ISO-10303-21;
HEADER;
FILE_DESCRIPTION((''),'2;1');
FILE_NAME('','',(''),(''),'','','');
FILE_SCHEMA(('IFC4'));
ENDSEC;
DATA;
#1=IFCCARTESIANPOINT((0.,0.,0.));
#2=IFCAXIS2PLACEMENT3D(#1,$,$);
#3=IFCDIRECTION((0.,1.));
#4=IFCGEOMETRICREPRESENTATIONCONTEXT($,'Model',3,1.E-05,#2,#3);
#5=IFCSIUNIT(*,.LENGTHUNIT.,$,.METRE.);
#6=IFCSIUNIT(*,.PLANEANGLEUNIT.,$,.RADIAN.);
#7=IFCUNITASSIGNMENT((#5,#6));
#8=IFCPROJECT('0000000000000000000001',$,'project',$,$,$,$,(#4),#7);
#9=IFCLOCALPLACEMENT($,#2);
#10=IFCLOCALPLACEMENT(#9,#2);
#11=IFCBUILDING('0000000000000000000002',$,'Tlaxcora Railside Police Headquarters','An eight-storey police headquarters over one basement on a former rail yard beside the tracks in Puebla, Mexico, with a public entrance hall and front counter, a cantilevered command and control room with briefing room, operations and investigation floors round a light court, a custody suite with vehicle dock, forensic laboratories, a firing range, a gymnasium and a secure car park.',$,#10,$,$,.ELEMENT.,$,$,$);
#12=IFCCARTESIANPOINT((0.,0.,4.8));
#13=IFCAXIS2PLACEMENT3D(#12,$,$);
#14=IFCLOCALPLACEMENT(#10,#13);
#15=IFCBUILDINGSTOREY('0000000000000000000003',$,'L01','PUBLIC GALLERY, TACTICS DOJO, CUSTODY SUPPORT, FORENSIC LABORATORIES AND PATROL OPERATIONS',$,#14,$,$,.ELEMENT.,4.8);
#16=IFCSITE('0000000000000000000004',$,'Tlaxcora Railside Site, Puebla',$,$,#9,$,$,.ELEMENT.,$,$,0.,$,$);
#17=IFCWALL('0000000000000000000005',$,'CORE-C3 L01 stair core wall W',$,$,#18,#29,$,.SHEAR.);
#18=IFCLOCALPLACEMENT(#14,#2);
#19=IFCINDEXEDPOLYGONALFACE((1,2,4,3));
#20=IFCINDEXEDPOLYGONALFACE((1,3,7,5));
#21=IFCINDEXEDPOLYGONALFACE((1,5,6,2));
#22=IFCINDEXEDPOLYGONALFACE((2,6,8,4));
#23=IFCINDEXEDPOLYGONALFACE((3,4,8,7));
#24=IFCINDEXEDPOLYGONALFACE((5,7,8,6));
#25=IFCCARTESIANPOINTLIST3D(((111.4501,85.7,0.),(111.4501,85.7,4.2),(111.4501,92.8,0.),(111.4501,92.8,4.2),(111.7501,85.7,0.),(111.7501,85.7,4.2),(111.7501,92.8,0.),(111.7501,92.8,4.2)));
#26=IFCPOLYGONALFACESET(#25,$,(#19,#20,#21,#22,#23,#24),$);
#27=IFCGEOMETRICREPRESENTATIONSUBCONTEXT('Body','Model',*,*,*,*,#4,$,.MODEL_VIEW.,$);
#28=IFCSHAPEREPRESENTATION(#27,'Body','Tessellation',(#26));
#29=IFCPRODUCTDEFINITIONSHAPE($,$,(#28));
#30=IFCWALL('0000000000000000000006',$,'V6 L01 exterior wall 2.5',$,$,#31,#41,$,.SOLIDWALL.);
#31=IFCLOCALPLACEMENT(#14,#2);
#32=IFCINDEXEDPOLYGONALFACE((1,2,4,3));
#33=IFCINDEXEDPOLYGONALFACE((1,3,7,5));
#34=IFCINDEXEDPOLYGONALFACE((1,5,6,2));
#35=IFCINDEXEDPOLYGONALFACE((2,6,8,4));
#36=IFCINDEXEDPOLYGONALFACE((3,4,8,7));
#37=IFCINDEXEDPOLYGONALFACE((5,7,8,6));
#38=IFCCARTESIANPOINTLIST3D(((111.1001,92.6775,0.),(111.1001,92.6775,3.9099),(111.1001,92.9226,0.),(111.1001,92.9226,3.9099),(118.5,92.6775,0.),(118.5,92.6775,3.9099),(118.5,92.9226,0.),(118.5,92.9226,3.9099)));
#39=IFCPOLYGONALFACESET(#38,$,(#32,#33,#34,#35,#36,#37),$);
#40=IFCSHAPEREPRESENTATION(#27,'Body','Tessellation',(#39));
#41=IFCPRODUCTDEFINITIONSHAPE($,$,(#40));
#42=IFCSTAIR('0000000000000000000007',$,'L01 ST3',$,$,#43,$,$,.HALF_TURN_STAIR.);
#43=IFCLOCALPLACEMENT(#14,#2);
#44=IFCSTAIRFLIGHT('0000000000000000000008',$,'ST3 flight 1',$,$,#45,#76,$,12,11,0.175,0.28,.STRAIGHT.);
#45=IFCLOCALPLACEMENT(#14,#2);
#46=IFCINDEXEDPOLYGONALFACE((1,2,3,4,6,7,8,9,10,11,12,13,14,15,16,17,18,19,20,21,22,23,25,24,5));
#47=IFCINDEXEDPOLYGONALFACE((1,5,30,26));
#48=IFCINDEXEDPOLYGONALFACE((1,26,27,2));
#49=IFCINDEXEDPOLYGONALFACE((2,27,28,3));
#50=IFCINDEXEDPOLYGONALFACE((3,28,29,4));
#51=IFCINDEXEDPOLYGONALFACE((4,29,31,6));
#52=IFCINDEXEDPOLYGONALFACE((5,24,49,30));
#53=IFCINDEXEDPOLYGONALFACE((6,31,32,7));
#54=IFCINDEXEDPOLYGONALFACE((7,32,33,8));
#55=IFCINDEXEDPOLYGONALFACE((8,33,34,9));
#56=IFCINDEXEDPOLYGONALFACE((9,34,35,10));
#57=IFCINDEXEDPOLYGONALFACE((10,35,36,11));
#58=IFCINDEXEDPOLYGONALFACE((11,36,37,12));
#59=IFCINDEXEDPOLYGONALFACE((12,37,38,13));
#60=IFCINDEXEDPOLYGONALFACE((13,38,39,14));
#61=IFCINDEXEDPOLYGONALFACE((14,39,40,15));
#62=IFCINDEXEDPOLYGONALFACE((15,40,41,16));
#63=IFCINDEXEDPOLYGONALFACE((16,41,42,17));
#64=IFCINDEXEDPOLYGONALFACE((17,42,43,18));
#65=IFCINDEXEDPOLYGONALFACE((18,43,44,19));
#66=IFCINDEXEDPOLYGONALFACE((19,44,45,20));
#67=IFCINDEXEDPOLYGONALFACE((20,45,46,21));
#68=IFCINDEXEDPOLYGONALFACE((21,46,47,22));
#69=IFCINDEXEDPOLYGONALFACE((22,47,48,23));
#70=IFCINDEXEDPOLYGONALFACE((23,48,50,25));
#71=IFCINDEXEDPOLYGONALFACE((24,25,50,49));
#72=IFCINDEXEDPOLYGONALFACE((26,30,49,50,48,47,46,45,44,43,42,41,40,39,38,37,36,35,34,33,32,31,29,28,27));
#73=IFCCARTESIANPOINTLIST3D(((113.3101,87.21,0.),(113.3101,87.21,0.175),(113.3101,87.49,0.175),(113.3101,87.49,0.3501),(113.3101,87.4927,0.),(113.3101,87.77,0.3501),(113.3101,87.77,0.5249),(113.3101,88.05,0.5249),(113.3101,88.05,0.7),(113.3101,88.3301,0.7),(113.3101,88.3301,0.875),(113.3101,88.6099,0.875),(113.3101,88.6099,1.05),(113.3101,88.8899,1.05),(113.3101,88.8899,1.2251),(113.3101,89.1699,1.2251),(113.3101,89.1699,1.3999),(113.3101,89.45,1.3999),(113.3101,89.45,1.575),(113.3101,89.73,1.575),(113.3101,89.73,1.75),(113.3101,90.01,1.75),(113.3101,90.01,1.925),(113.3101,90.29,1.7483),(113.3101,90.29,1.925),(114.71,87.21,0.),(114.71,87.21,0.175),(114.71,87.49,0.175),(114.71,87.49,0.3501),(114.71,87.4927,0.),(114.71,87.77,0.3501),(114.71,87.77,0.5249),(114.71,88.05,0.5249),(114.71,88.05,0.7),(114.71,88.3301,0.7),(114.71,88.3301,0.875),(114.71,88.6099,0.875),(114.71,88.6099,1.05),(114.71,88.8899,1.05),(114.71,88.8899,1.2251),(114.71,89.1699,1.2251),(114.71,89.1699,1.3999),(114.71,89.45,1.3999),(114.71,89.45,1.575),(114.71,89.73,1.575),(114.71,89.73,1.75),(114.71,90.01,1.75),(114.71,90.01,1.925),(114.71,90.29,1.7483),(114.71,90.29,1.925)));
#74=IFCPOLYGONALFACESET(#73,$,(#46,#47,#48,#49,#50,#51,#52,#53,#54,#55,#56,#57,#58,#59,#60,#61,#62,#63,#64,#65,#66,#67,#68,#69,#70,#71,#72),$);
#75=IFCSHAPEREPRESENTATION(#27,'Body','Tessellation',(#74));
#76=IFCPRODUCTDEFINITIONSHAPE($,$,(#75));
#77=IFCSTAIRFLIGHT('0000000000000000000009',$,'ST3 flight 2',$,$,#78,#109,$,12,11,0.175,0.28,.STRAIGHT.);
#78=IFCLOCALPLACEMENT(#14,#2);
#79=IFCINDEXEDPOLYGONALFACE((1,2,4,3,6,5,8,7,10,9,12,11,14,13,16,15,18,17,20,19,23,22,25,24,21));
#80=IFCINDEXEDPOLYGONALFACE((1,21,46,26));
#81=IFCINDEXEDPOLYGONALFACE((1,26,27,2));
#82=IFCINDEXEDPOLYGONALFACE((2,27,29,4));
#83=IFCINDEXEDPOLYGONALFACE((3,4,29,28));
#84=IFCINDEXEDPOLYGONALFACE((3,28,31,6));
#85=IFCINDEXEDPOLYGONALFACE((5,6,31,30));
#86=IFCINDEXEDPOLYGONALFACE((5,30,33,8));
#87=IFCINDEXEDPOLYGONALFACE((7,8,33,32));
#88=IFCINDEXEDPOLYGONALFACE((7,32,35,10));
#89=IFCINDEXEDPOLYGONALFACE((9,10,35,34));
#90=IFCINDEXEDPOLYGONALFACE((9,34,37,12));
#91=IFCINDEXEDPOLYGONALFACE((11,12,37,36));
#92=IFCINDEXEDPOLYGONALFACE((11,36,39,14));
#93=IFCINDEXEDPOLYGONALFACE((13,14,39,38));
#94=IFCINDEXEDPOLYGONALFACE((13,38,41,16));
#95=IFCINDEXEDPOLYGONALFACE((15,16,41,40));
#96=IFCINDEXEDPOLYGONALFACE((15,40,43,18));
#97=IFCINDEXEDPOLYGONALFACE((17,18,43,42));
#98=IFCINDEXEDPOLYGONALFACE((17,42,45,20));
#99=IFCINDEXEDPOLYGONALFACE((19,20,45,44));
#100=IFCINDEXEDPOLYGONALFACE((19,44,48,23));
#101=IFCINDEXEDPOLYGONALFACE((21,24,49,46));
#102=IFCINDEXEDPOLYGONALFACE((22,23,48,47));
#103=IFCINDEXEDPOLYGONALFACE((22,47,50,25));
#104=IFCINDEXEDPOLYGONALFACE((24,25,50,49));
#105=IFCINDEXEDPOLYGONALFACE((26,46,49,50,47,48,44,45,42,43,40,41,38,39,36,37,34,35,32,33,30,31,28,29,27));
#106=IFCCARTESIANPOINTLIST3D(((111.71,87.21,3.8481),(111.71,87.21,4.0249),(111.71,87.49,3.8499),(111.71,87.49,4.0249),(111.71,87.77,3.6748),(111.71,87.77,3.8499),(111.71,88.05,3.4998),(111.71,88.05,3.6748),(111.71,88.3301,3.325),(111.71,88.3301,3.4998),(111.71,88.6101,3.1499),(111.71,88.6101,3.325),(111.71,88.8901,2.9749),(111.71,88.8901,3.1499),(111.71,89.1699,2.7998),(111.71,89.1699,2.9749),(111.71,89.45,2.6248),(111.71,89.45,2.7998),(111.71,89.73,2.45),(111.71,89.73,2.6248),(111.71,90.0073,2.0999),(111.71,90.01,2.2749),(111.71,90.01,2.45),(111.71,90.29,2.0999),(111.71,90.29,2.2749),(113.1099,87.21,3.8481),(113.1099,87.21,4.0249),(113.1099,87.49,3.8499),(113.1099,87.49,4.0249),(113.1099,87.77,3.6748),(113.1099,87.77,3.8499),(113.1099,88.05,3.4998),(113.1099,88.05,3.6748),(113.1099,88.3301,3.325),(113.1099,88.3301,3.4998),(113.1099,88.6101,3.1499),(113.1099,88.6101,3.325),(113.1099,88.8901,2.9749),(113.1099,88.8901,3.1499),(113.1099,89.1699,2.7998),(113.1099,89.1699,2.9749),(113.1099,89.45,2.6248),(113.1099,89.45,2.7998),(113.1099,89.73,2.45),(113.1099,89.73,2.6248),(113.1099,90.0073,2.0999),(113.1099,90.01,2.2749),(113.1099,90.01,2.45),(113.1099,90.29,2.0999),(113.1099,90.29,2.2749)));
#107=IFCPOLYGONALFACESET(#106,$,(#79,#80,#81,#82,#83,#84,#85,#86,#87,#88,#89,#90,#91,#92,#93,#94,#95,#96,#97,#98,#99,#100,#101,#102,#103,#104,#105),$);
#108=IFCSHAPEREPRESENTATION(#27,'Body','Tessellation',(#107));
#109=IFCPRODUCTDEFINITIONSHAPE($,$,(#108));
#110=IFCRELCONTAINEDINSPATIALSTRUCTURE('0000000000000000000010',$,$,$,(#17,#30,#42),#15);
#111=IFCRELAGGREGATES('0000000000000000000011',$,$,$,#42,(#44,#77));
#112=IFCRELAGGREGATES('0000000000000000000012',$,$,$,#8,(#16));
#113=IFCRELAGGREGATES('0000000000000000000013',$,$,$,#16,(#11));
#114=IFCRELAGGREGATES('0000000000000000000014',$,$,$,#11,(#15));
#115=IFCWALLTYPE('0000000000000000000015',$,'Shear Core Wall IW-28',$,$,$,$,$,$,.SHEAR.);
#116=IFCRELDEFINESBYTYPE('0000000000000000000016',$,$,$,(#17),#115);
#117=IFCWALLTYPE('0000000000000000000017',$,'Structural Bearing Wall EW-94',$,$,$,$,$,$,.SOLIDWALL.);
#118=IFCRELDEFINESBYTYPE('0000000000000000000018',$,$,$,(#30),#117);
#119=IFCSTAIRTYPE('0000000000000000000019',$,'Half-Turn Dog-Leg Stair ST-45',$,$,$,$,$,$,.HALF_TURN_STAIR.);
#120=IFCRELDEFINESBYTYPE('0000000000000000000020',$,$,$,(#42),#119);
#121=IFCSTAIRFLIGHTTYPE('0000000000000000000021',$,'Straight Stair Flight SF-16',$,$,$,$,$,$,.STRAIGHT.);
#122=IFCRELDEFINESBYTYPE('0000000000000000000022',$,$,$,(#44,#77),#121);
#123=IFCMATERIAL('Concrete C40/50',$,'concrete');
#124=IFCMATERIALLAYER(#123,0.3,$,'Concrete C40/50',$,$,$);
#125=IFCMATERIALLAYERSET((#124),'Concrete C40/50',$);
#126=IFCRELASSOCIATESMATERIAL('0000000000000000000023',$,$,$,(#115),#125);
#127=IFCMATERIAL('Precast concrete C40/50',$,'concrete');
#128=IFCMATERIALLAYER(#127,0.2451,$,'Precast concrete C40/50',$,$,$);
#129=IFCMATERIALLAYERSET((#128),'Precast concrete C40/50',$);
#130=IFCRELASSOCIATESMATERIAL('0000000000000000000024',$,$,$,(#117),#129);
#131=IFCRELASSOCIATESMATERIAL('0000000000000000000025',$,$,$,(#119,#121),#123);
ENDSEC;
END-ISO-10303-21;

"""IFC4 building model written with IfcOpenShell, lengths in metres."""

from ifc_helpers import new_model, si_unit, direction, frame, frame_2d, origin, place, context, subcontext, project, spatial, polyline, rectangle, outline, extrude, material, layer, layer_set, type_object, element, aggregate, save


model = new_model("IFC4")

# Units and contexts
model_context = context("Model", 3, precision=1e-05, world=origin(), true_north=direction((0.0, 1.0)))
body_context = subcontext(model_context, "Body", "Model", "MODEL_VIEW")
ifc_project = project(units=[si_unit("LENGTHUNIT", "METRE"), si_unit("PLANEANGLEUNIT", "RADIAN")], contexts=[model_context])

# Site, building, storey
site_placement = place(None, origin())
site = spatial("IfcSite", under=ifc_project, at=site_placement, Name="Tlaxcora Railside Site, Puebla", CompositionType="ELEMENT", RefElevation=0.0)
building_placement = place(site_placement, origin())
building = spatial("IfcBuilding", under=site, at=building_placement, Name="Tlaxcora Railside Police Headquarters", Description="An eight-storey police headquarters over one basement on a former rail yard beside the tracks in Puebla, Mexico, with a public entrance hall and front counter, a cantilevered command and control room with briefing room, operations and investigation floors round a light court, a custody suite with vehicle dock, forensic laboratories, a firing range, a gymnasium and a secure car park.", CompositionType="ELEMENT")
storey_placement = place(building_placement, frame((0.0, 0.0, 4.8)))
storey = spatial("IfcBuildingStorey", under=building, at=storey_placement, Name="L01", Description="PUBLIC GALLERY, TACTICS DOJO, CUSTODY SUPPORT, FORENSIC LABORATORIES AND PATROL OPERATIONS", CompositionType="ELEMENT", Elevation=4.8)

# Shared definitions
ifc_material_1 = material(Name="Concrete C40/50", Category="concrete")

# Shared definitions
ifc_layer_1 = layer(ifc_material_1, 0.3, Name="Concrete C40/50")
ifc_layer_set_1 = layer_set([ifc_layer_1], Name="Concrete C40/50")
wall_type_1 = type_object("IfcWallType", Name="Shear Core Wall IW-28", PredefinedType="SHEAR", material=ifc_layer_set_1)

# Walls
for number, where, z_axis, x_axis, name in (
    (1, (111.6001, 92.8, 0.0), (0.0, 0.0, 1.0), (0.0, -1.0, 0.0), "CORE-C3 L01 stair core wall W"),
):
    element("IfcWall", number, at=place(storey_placement, frame(where, z_axis=z_axis, x_axis=x_axis)), inside=storey, type_object=wall_type_1, Name=name, PredefinedType="SHEAR", context=body_context, shape_type="SweptSolid", body=[
        extrude(rectangle(XDim=7.1001, YDim=0.3, at=frame_2d((3.55, 0.0))), origin(), (0.0, 0.0, 1.0), 4.2),
    ])
ifc_material_2 = material(Name="Precast concrete C40/50", Category="concrete")
ifc_layer_2 = layer(ifc_material_2, 0.2451, Name="Precast concrete C40/50")
ifc_layer_set_2 = layer_set([ifc_layer_2], Name="Precast concrete C40/50")
wall_type_2 = type_object("IfcWallType", Name="Structural Bearing Wall EW-94", PredefinedType="SOLIDWALL", material=ifc_layer_set_2)
wall_1_placement = place(storey_placement, frame((118.5, 92.8, 0.0), z_axis=(0.0, 0.0, 1.0), x_axis=(-1.0, 0.0, 0.0)))
element("IfcWall", 2, at=wall_1_placement, inside=storey, type_object=wall_type_2, Name="V6 L01 exterior wall 2.5", PredefinedType="SOLIDWALL", context=body_context, shape_type="SweptSolid", body=[
    extrude(rectangle(XDim=7.3999, YDim=0.2451, at=frame_2d((3.7, 0.0))), origin(), (0.0, 0.0, 1.0), 3.9099),
])

# Stair, stair flights
stair_type = type_object("IfcStairType", Name="Half-Turn Dog-Leg Stair ST-45", PredefinedType="HALF_TURN_STAIR", material=ifc_material_1)
stair_placement = place(storey_placement, origin())
stair = element("IfcStair", 3, at=stair_placement, inside=storey, type_object=stair_type, Name="L01 ST3", PredefinedType="HALF_TURN_STAIR")
stair_flight_type = type_object("IfcStairFlightType", Name="Straight Stair Flight SF-16", PredefinedType="STRAIGHT", material=ifc_material_1)
stair_flight_1_placement = place(storey_placement, frame((114.01, 87.21, 0.0), z_axis=(0.0, 0.0, 1.0), x_axis=(0.0, 1.0, 0.0)))
stair_flight_1 = element("IfcStairFlight", 4, at=stair_flight_1_placement, type_object=stair_flight_type, Name="ST3 flight 1", NumberOfRisers=12, NumberOfTreads=11, PredefinedType="STRAIGHT", RiserHeight=0.175, TreadLength=0.28, context=body_context, shape_type="SweptSolid", body=[
    extrude(outline(polyline([(0.0, 0.0), (0.0, 0.175), (0.28, 0.175), (0.28, 0.3501), (0.5601, 0.3501), (0.5601, 0.5249), (0.8401, 0.5249), (0.8401, 0.7), (1.1201, 0.7), (1.1201, 0.875), (1.3999, 0.875), (1.3999, 1.05), (1.6799, 1.05), (1.6799, 1.2251), (1.96, 1.2251), (1.96, 1.3999), (2.24, 1.3999), (2.24, 1.575), (2.52, 1.575), (2.52, 1.75), (2.8, 1.75), (2.8, 1.925), (3.0801, 1.925), (3.0801, 2.1001), (3.0801, 1.7483), (0.2827, 0.0), (0.0, 0.0)])), frame((0.0, 0.7, 0.0), z_axis=(0.0, -1.0, 0.0), x_axis=(1.0, 0.0, 0.0)), (0.0, 0.0, 1.0), 1.3999),
])
stair_flight_2_placement = place(storey_placement, frame((112.4099, 90.29, 2.0999), z_axis=(0.0, 0.0, 1.0), x_axis=(0.0, -1.0, 0.0)))
stair_flight_2 = element("IfcStairFlight", 5, at=stair_flight_2_placement, type_object=stair_flight_type, Name="ST3 flight 2", NumberOfRisers=12, NumberOfTreads=11, PredefinedType="STRAIGHT", RiserHeight=0.175, TreadLength=0.28, context=body_context, shape_type="SweptSolid", body=[
    extrude(outline(polyline([(0.0, 0.0), (0.0, 0.175), (0.28, 0.175), (0.28, 0.3501), (0.5601, 0.3501), (0.5601, 0.5249), (0.8401, 0.5249), (0.8401, 0.7), (1.1201, 0.7), (1.1201, 0.875), (1.3999, 0.875), (1.3999, 1.05), (1.6799, 1.05), (1.6799, 1.2251), (1.96, 1.2251), (1.96, 1.3999), (2.24, 1.3999), (2.24, 1.575), (2.52, 1.575), (2.52, 1.75), (2.8, 1.75), (2.8, 1.925), (3.0801, 1.925), (3.0801, 2.1001), (3.0801, 1.7483), (0.2827, 0.0), (0.0, 0.0)])), frame((0.0, 0.7, 0.0), z_axis=(0.0, -1.0, 0.0), x_axis=(1.0, 0.0, 0.0)), (0.0, 0.0, 1.0), 1.3999),
])
aggregate(stair, [stair_flight_1, stair_flight_2])

save(model, "model.ifc")
